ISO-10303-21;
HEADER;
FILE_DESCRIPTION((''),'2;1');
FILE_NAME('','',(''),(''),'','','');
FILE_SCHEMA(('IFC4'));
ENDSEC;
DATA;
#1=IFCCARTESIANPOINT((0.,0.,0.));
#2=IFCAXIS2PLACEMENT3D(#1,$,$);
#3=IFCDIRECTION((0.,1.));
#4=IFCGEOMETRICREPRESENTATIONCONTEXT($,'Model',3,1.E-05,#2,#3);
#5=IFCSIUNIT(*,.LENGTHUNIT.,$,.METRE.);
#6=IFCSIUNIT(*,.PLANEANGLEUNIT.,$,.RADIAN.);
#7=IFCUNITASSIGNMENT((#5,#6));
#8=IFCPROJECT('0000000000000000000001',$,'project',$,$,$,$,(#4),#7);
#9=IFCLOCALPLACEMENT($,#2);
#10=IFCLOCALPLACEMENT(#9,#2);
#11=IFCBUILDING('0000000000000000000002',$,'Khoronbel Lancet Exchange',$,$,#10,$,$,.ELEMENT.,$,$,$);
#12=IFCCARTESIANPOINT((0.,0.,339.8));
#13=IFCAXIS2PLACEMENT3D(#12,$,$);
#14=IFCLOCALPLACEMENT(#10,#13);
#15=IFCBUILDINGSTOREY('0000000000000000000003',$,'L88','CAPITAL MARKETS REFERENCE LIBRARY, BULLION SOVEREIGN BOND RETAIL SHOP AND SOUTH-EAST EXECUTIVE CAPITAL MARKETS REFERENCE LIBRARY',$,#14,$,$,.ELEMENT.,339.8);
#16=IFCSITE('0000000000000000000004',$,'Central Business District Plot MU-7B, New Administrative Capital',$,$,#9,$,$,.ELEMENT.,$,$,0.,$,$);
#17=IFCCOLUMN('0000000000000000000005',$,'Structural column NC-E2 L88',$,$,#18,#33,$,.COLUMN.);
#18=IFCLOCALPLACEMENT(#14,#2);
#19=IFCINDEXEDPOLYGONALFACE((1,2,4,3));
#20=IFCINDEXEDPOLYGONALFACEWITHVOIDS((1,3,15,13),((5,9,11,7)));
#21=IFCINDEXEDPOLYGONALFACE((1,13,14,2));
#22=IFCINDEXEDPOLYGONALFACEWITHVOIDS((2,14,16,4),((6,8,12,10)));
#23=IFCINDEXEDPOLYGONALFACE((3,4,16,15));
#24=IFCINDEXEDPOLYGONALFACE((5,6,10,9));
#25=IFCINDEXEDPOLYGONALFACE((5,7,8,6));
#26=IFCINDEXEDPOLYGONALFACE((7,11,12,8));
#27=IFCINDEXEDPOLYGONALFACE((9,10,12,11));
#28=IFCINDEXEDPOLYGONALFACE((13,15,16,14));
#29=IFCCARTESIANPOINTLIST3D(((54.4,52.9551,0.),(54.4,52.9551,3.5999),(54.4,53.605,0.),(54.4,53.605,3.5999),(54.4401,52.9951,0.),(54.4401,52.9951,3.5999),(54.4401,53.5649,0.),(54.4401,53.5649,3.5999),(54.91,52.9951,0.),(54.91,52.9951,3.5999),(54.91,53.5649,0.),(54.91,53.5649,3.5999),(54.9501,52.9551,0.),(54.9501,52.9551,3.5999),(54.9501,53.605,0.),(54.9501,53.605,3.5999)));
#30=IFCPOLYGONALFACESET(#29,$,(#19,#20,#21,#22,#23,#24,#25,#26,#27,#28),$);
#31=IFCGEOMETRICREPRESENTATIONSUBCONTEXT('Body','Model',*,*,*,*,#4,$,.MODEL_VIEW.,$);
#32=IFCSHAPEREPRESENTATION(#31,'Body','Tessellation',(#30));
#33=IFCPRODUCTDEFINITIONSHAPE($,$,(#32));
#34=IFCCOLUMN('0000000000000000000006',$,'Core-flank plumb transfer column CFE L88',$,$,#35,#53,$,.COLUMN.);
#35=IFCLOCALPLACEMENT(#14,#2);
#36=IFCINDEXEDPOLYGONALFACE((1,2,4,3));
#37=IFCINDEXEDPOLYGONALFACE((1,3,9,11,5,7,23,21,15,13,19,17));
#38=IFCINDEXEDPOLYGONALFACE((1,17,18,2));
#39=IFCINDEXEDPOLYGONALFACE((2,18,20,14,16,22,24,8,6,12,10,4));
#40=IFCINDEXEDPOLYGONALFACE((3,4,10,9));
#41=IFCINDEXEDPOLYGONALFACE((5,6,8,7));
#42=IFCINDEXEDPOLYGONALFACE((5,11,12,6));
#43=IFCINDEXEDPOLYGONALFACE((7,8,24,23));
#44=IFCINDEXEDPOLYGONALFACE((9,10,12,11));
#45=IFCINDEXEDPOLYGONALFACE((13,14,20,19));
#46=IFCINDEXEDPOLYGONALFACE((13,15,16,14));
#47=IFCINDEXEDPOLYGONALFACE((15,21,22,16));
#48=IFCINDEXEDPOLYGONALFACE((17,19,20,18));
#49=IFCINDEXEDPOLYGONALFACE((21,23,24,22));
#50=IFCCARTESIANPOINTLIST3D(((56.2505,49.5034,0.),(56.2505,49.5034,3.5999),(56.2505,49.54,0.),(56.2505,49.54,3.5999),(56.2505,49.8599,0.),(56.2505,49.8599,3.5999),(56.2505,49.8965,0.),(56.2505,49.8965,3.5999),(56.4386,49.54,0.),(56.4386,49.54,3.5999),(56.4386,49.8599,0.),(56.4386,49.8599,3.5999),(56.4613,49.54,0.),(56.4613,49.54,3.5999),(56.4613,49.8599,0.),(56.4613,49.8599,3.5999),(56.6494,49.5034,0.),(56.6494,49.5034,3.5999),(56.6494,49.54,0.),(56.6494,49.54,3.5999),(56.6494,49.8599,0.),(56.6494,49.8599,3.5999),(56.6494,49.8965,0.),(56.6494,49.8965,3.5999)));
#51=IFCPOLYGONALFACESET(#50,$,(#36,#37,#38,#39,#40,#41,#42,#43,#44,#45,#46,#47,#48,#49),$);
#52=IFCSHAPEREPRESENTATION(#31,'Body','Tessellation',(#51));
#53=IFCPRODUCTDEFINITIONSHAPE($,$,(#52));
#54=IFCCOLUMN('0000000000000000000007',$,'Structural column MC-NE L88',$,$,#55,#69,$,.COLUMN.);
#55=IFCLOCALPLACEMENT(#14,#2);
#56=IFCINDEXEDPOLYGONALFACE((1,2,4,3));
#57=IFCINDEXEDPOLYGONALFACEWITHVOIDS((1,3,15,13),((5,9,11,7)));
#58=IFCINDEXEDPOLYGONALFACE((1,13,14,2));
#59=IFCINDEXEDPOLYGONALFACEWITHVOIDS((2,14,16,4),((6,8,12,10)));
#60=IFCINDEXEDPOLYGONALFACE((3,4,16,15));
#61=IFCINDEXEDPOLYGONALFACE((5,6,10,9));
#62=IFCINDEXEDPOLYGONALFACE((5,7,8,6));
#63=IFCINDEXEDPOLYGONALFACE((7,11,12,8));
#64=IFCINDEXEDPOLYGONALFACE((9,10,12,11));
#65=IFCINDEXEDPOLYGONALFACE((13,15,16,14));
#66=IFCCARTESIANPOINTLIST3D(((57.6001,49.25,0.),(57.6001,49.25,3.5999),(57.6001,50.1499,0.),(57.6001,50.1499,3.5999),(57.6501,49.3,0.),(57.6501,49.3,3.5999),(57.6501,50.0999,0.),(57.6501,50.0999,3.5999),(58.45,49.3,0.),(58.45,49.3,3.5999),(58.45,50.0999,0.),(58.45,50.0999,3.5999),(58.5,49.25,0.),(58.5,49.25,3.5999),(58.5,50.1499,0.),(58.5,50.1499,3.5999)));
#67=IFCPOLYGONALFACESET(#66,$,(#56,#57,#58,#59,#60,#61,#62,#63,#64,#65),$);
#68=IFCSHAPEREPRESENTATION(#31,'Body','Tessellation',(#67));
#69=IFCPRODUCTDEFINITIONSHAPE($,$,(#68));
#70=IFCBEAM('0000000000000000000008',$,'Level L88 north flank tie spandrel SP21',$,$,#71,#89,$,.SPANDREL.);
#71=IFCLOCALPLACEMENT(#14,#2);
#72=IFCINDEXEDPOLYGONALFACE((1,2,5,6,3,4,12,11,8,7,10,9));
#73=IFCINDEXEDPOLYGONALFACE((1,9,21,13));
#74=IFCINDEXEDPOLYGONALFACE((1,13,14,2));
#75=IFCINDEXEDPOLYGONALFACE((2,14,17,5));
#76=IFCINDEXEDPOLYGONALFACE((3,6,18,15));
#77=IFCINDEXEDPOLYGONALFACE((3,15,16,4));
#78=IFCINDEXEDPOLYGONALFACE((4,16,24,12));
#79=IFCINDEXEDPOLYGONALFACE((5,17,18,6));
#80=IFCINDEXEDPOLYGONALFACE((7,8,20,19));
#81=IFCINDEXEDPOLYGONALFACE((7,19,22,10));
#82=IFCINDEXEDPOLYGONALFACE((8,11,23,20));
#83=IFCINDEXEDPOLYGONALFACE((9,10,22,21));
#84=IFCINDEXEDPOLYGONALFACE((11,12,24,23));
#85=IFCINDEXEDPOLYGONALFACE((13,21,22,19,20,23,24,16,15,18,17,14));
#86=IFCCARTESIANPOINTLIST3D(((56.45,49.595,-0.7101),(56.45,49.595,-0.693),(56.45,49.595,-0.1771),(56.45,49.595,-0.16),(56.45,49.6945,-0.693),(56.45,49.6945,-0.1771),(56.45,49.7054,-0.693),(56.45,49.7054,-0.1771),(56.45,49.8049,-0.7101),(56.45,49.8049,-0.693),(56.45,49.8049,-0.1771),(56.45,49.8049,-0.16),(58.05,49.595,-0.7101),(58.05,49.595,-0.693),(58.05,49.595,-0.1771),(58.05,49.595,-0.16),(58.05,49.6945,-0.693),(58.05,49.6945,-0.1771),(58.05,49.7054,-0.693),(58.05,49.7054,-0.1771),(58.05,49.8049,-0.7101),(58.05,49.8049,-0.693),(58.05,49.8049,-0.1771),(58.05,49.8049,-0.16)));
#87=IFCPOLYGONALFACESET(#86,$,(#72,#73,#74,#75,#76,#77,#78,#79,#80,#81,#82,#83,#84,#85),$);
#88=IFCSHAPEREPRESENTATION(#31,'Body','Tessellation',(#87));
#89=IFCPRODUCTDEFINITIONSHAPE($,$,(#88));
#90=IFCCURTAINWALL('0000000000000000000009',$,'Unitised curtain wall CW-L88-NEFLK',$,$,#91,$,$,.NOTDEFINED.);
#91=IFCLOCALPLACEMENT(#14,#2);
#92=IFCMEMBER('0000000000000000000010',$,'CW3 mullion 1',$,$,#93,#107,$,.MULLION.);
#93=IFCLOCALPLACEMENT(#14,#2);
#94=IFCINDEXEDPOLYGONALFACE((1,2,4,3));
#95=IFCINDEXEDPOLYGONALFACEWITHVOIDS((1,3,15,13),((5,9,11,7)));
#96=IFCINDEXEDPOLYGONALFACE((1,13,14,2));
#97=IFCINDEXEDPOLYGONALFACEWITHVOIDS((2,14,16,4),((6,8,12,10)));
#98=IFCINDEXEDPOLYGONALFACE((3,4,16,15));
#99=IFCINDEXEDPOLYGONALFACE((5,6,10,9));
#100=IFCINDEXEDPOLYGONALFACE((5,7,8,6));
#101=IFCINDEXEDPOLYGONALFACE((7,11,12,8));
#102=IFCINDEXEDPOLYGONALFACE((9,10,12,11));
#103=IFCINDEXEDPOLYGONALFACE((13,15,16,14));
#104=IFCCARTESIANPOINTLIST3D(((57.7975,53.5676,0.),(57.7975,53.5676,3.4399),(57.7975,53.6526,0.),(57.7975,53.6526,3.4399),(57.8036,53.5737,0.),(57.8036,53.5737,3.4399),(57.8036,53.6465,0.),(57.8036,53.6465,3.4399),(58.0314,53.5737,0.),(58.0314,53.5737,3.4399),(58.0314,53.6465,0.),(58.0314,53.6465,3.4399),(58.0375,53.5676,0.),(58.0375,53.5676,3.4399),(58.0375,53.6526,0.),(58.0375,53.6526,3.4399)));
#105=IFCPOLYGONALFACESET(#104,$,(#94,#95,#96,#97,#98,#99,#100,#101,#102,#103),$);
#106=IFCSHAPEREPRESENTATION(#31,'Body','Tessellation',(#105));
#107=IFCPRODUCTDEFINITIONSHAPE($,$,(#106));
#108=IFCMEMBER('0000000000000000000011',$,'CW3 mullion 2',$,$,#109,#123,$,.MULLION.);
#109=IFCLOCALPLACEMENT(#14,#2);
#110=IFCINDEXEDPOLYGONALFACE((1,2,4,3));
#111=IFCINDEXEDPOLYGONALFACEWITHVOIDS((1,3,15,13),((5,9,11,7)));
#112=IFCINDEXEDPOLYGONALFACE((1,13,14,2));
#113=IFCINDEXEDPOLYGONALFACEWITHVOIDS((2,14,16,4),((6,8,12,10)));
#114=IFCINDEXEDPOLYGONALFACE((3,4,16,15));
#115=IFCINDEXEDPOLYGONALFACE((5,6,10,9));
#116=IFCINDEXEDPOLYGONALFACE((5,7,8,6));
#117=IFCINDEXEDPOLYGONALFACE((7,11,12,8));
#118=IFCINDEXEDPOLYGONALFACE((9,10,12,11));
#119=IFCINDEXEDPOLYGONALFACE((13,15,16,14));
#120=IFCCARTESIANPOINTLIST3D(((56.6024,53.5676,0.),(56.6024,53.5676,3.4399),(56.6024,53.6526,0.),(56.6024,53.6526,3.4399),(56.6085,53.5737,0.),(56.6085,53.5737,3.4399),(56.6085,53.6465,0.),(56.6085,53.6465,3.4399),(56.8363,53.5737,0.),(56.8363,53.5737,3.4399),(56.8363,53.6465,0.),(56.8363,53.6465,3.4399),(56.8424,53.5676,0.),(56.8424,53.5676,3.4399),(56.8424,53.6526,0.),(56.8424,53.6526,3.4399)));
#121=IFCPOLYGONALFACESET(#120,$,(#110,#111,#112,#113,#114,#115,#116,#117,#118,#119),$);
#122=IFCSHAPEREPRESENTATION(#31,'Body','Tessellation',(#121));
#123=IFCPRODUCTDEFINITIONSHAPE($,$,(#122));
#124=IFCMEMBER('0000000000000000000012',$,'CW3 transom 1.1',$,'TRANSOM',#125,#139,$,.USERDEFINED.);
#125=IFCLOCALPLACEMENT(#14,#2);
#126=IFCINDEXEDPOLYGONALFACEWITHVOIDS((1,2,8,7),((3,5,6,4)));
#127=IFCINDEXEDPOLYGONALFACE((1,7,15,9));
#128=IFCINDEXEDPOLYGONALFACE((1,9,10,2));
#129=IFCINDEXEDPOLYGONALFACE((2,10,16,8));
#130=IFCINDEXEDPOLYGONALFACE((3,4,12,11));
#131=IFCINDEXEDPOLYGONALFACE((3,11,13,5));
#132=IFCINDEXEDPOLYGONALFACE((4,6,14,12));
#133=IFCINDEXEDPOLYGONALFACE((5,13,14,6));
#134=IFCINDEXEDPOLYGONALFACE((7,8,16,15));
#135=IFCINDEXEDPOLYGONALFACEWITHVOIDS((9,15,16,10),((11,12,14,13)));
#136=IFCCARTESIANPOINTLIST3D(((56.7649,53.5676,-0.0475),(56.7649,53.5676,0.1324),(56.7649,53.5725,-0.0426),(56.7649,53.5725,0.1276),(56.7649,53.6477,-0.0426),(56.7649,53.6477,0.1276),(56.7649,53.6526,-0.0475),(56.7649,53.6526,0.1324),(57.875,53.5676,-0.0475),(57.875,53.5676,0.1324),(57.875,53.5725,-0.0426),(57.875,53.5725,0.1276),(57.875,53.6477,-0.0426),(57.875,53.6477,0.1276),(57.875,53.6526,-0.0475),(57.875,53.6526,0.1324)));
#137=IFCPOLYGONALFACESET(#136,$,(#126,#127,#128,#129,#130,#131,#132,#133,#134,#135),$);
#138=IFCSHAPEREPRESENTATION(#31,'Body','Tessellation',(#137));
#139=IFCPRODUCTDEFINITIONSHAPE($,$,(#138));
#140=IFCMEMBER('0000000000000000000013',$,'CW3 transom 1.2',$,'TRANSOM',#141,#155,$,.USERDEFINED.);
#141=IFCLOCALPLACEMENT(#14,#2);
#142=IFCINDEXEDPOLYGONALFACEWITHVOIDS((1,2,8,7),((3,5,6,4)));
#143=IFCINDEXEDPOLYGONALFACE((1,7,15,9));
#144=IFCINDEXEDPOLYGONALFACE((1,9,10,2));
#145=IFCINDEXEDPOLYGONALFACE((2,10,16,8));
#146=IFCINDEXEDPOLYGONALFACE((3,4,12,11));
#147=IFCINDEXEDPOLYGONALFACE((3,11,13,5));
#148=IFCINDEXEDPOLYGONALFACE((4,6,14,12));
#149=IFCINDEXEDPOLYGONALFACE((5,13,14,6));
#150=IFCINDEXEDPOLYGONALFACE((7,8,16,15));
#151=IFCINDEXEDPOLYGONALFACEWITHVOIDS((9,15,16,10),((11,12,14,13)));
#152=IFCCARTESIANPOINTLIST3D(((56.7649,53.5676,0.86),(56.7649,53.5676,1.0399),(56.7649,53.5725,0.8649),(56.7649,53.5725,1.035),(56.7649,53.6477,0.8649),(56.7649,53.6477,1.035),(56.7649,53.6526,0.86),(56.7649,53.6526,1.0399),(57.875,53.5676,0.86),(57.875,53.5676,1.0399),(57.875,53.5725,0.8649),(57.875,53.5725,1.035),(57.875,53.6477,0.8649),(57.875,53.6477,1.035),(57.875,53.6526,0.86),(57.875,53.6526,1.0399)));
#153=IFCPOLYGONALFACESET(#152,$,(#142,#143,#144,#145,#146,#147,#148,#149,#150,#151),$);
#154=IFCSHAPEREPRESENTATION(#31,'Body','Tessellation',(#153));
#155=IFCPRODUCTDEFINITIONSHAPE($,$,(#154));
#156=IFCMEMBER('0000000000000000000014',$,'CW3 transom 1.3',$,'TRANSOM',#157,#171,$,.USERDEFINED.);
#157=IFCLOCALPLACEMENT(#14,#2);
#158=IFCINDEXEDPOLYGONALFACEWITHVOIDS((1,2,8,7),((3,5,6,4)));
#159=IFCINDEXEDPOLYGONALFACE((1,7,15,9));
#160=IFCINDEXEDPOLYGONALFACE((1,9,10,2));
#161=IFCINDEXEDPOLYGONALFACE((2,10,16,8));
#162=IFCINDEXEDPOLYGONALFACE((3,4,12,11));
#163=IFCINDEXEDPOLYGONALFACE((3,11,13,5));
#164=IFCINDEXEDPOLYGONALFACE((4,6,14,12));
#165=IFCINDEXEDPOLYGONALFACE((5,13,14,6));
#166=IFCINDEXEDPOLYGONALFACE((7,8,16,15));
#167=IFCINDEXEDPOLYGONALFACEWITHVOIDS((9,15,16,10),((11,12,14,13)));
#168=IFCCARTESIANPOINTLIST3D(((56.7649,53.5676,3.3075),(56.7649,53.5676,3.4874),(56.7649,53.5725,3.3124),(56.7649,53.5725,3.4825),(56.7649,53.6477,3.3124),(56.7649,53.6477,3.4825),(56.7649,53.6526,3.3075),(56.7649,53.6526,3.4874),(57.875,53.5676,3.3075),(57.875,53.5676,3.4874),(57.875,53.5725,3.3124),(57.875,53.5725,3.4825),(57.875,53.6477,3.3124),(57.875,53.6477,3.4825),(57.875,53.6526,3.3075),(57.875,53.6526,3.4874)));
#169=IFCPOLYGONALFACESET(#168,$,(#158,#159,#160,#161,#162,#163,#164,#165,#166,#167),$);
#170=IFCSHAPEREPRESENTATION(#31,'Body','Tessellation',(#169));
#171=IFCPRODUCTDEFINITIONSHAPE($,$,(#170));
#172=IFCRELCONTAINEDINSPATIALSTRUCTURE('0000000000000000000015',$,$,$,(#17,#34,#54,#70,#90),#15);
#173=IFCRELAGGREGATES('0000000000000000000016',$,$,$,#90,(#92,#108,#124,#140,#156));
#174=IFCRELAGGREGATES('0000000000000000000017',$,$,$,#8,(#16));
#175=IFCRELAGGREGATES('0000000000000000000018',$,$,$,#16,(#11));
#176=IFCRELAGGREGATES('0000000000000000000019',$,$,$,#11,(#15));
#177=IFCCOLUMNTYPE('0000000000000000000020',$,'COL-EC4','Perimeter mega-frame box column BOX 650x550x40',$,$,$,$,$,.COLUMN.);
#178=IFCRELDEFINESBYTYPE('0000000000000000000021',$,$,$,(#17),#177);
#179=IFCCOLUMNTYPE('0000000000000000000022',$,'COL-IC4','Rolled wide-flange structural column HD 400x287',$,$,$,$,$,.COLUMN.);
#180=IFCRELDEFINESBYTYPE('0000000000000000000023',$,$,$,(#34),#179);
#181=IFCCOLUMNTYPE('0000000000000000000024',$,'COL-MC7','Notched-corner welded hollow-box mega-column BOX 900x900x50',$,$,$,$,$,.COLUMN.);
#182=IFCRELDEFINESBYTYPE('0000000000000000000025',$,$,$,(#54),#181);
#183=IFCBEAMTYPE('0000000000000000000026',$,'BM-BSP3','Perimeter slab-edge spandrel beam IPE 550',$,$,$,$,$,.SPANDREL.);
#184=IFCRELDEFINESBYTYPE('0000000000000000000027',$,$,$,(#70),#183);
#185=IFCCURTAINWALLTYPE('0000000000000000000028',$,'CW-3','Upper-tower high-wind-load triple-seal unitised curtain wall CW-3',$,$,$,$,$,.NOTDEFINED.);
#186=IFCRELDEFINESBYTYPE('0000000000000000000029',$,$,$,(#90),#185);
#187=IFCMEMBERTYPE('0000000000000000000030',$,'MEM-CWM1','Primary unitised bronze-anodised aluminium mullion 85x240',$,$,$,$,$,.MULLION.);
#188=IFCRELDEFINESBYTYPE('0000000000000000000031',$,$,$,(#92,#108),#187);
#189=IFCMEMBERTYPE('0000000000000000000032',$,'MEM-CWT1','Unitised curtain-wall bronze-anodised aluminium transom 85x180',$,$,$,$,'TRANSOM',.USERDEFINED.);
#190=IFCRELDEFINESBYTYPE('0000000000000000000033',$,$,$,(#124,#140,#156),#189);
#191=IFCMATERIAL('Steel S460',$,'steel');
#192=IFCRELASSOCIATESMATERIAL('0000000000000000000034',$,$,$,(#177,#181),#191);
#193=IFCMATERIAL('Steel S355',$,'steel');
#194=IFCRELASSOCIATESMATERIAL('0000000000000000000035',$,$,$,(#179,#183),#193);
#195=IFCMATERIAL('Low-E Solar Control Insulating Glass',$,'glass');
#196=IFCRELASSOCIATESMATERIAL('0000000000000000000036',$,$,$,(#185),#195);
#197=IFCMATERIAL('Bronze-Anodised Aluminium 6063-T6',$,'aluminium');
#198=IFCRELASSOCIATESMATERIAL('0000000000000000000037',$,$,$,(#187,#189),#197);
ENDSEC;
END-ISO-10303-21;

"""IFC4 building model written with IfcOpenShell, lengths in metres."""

from ifc_helpers import new_model, si_unit, direction, frame, origin, origin_2d, place, context, subcontext, project, spatial, hollow_rectangle, i_section, extrude, material, material_profile, profile_set, type_object, element, aggregate, save


model = new_model("IFC4")

# Units and contexts
model_context = context("Model", 3, precision=1e-05, world=origin(), true_north=direction((0.0, 1.0)))
body_context = subcontext(model_context, "Body", "Model", "MODEL_VIEW")
ifc_project = project(units=[si_unit("LENGTHUNIT", "METRE"), si_unit("PLANEANGLEUNIT", "RADIAN")], contexts=[model_context])

# Site, building, storey
site_placement = place(None, origin())
site = spatial("IfcSite", under=ifc_project, at=site_placement, Name="Central Business District Plot MU-7B, New Administrative Capital", CompositionType="ELEMENT", RefElevation=0.0)
building_placement = place(site_placement, origin())
building = spatial("IfcBuilding", under=site, at=building_placement, Name="Khoronbel Lancet Exchange", CompositionType="ELEMENT")
storey_placement = place(building_placement, frame((0.0, 0.0, 339.8)))
storey = spatial("IfcBuildingStorey", under=building, at=storey_placement, Name="L88", Description="CAPITAL MARKETS REFERENCE LIBRARY, BULLION SOVEREIGN BOND RETAIL SHOP AND SOUTH-EAST EXECUTIVE CAPITAL MARKETS REFERENCE LIBRARY", CompositionType="ELEMENT", Elevation=339.8)

# Columns
ifc_material_1 = material(Name="Steel S460", Category="steel")
ifc_material_profile_1 = material_profile(ifc_material_1, hollow_rectangle(XDim=0.55, YDim=0.6499, WallThickness=0.04, at=origin_2d()), Name="BOX 650x550x40")
ifc_profile_set_1 = profile_set([ifc_material_profile_1], Name="Steel S460")
column_type_1 = type_object("IfcColumnType", Name="COL-EC4", Description="Perimeter mega-frame box column BOX 650x550x40", PredefinedType="COLUMN", material=ifc_profile_set_1)
column_1_placement = place(storey_placement, frame((54.675, 53.28, 0.0), z_axis=(0.0, 0.0, 1.0), x_axis=(1.0, 0.0, 0.0)))
element("IfcColumn", 1, at=column_1_placement, inside=storey, type_object=column_type_1, Name="Structural column NC-E2 L88", PredefinedType="COLUMN", context=body_context, shape_type="SweptSolid", body=[
    extrude(hollow_rectangle(XDim=0.55, YDim=0.6499, WallThickness=0.04, at=origin_2d()), origin(), (0.0, 0.0, 1.0), 3.5999),
])
ifc_material_2 = material(Name="Steel S355", Category="steel")
ifc_material_profile_2 = material_profile(ifc_material_2, i_section(OverallWidth=0.3989, OverallDepth=0.3931, WebThickness=0.0227, FlangeThickness=0.0366, at=origin_2d()), Name="HD 400x287")
ifc_profile_set_2 = profile_set([ifc_material_profile_2], Name="Steel S355")
column_type_2 = type_object("IfcColumnType", Name="COL-IC4", Description="Rolled wide-flange structural column HD 400x287", PredefinedType="COLUMN", material=ifc_profile_set_2)
column_2_placement = place(storey_placement, frame((56.45, 49.7, 0.0), z_axis=(0.0, 0.0, 1.0), x_axis=(1.0, 0.0, 0.0)))
element("IfcColumn", 2, at=column_2_placement, inside=storey, type_object=column_type_2, Name="Core-flank plumb transfer column CFE L88", PredefinedType="COLUMN", context=body_context, shape_type="SweptSolid", body=[
    extrude(i_section(OverallWidth=0.3989, OverallDepth=0.3931, WebThickness=0.0227, FlangeThickness=0.0366, at=origin_2d()), origin(), (0.0, 0.0, 1.0), 3.5999),
])
ifc_material_profile_3 = material_profile(ifc_material_1, hollow_rectangle(XDim=0.8999, YDim=0.8999, WallThickness=0.05, at=origin_2d()), Name="BOX 900x900x50")
ifc_profile_set_3 = profile_set([ifc_material_profile_3], Name="Steel S460")
column_type_3 = type_object("IfcColumnType", Name="COL-MC7", Description="Notched-corner welded hollow-box mega-column BOX 900x900x50", PredefinedType="COLUMN", material=ifc_profile_set_3)
column_3_placement = place(storey_placement, frame((58.05, 49.7, 0.0), z_axis=(0.0, 0.0, 1.0), x_axis=(1.0, 0.0, 0.0)))
element("IfcColumn", 3, at=column_3_placement, inside=storey, type_object=column_type_3, Name="Structural column MC-NE L88", PredefinedType="COLUMN", context=body_context, shape_type="SweptSolid", body=[
    extrude(hollow_rectangle(XDim=0.8999, YDim=0.8999, WallThickness=0.05, at=origin_2d()), origin(), (0.0, 0.0, 1.0), 3.5999),
])

# Beam
ifc_material_profile_4 = material_profile(ifc_material_2, i_section(OverallWidth=0.21, OverallDepth=0.55, WebThickness=0.011, FlangeThickness=0.0171, at=origin_2d()), Name="IPE 550")
ifc_profile_set_4 = profile_set([ifc_material_profile_4], Name="Steel S355")
beam_type = type_object("IfcBeamType", Name="BM-BSP3", Description="Perimeter slab-edge spandrel beam IPE 550", PredefinedType="SPANDREL", material=ifc_profile_set_4)
beam_placement = place(storey_placement, frame((58.05, 49.7, -0.4351), z_axis=(-1.0, 0.0, 0.0), x_axis=(0.0, -1.0, 0.0)))
element("IfcBeam", 4, at=beam_placement, inside=storey, type_object=beam_type, Name="Level L88 north flank tie spandrel SP21", PredefinedType="SPANDREL", context=body_context, shape_type="SweptSolid", body=[
    extrude(i_section(OverallWidth=0.21, OverallDepth=0.55, WebThickness=0.011, FlangeThickness=0.0171, at=origin_2d()), origin(), (0.0, 0.0, 1.0), 1.6001),
])

# Curtain wall, members
ifc_material_3 = material(Name="Low-E Solar Control Insulating Glass", Category="glass")
curtain_wall_type = type_object("IfcCurtainWallType", Name="CW-3", Description="Upper-tower high-wind-load triple-seal unitised curtain wall CW-3", PredefinedType="NOTDEFINED", material=ifc_material_3)
curtain_wall_placement = place(storey_placement, origin())
curtain_wall = element("IfcCurtainWall", 5, at=curtain_wall_placement, inside=storey, type_object=curtain_wall_type, Name="Unitised curtain wall CW-L88-NEFLK", PredefinedType="NOTDEFINED")
ifc_material_4 = material(Name="Bronze-Anodised Aluminium 6063-T6", Category="aluminium")
ifc_material_profile_5 = material_profile(ifc_material_4, hollow_rectangle(XDim=0.085, YDim=0.24, WallThickness=0.0061, at=origin_2d()), Name="ALU MULLION 85x240")
ifc_profile_set_5 = profile_set([ifc_material_profile_5], Name="Bronze-Anodised Aluminium 6063-T6")
member_type_1 = type_object("IfcMemberType", Name="MEM-CWM1", Description="Primary unitised bronze-anodised aluminium mullion 85x240", PredefinedType="MULLION", material=ifc_profile_set_5)
member_1_placement = place(storey_placement, frame((57.9175, 53.6101, 0.0), z_axis=(0.0, 0.0, 1.0), x_axis=(0.0, -1.0, 0.0)))
member_1 = element("IfcMember", 6, at=member_1_placement, type_object=member_type_1, Name="CW3 mullion 1", PredefinedType="MULLION", context=body_context, shape_type="SweptSolid", body=[
    extrude(hollow_rectangle(XDim=0.085, YDim=0.24, WallThickness=0.0061, at=origin_2d()), origin(), (0.0, 0.0, 1.0), 3.4399),
])
member_2_placement = place(storey_placement, frame((56.7224, 53.6101, 0.0), z_axis=(0.0, 0.0, 1.0), x_axis=(0.0, -1.0, 0.0)))
member_2 = element("IfcMember", 7, at=member_2_placement, type_object=member_type_1, Name="CW3 mullion 2", PredefinedType="MULLION", context=body_context, shape_type="SweptSolid", body=[
    extrude(hollow_rectangle(XDim=0.085, YDim=0.24, WallThickness=0.0061, at=origin_2d()), origin(), (0.0, 0.0, 1.0), 3.4399),
])
ifc_material_profile_6 = material_profile(ifc_material_4, hollow_rectangle(XDim=0.085, YDim=0.1799, WallThickness=0.0049, at=origin_2d()), Name="ALU TRANSOM 85x180")
ifc_profile_set_6 = profile_set([ifc_material_profile_6], Name="Bronze-Anodised Aluminium 6063-T6")
member_type_2 = type_object("IfcMemberType", Name="MEM-CWT1", Description="Unitised curtain-wall bronze-anodised aluminium transom 85x180", ElementType="TRANSOM", PredefinedType="USERDEFINED", material=ifc_profile_set_6)
member_3_placement = place(storey_placement, frame((57.875, 53.6101, 0.0425), z_axis=(-1.0, 0.0, 0.0), x_axis=(0.0, -1.0, 0.0)))
member_3 = element("IfcMember", 8, at=member_3_placement, type_object=member_type_2, Name="CW3 transom 1.1", ObjectType="TRANSOM", PredefinedType="USERDEFINED", context=body_context, shape_type="SweptSolid", body=[
    extrude(hollow_rectangle(XDim=0.085, YDim=0.1799, WallThickness=0.0049, at=origin_2d()), origin(), (0.0, 0.0, 1.0), 1.1101),
])
member_4_placement = place(storey_placement, frame((57.875, 53.6101, 0.95), z_axis=(-1.0, 0.0, 0.0), x_axis=(0.0, -1.0, 0.0)))
member_4 = element("IfcMember", 9, at=member_4_placement, type_object=member_type_2, Name="CW3 transom 1.2", ObjectType="TRANSOM", PredefinedType="USERDEFINED", context=body_context, shape_type="SweptSolid", body=[
    extrude(hollow_rectangle(XDim=0.085, YDim=0.1799, WallThickness=0.0049, at=origin_2d()), origin(), (0.0, 0.0, 1.0), 1.1101),
])
member_5_placement = place(storey_placement, frame((57.875, 53.6101, 3.3975), z_axis=(-1.0, 0.0, 0.0), x_axis=(0.0, -1.0, 0.0)))
member_5 = element("IfcMember", 10, at=member_5_placement, type_object=member_type_2, Name="CW3 transom 1.3", ObjectType="TRANSOM", PredefinedType="USERDEFINED", context=body_context, shape_type="SweptSolid", body=[
    extrude(hollow_rectangle(XDim=0.085, YDim=0.1799, WallThickness=0.0049, at=origin_2d()), origin(), (0.0, 0.0, 1.0), 1.1101),
])
aggregate(curtain_wall, [member_1, member_2, member_3, member_4, member_5])

save(model, "model.ifc")
